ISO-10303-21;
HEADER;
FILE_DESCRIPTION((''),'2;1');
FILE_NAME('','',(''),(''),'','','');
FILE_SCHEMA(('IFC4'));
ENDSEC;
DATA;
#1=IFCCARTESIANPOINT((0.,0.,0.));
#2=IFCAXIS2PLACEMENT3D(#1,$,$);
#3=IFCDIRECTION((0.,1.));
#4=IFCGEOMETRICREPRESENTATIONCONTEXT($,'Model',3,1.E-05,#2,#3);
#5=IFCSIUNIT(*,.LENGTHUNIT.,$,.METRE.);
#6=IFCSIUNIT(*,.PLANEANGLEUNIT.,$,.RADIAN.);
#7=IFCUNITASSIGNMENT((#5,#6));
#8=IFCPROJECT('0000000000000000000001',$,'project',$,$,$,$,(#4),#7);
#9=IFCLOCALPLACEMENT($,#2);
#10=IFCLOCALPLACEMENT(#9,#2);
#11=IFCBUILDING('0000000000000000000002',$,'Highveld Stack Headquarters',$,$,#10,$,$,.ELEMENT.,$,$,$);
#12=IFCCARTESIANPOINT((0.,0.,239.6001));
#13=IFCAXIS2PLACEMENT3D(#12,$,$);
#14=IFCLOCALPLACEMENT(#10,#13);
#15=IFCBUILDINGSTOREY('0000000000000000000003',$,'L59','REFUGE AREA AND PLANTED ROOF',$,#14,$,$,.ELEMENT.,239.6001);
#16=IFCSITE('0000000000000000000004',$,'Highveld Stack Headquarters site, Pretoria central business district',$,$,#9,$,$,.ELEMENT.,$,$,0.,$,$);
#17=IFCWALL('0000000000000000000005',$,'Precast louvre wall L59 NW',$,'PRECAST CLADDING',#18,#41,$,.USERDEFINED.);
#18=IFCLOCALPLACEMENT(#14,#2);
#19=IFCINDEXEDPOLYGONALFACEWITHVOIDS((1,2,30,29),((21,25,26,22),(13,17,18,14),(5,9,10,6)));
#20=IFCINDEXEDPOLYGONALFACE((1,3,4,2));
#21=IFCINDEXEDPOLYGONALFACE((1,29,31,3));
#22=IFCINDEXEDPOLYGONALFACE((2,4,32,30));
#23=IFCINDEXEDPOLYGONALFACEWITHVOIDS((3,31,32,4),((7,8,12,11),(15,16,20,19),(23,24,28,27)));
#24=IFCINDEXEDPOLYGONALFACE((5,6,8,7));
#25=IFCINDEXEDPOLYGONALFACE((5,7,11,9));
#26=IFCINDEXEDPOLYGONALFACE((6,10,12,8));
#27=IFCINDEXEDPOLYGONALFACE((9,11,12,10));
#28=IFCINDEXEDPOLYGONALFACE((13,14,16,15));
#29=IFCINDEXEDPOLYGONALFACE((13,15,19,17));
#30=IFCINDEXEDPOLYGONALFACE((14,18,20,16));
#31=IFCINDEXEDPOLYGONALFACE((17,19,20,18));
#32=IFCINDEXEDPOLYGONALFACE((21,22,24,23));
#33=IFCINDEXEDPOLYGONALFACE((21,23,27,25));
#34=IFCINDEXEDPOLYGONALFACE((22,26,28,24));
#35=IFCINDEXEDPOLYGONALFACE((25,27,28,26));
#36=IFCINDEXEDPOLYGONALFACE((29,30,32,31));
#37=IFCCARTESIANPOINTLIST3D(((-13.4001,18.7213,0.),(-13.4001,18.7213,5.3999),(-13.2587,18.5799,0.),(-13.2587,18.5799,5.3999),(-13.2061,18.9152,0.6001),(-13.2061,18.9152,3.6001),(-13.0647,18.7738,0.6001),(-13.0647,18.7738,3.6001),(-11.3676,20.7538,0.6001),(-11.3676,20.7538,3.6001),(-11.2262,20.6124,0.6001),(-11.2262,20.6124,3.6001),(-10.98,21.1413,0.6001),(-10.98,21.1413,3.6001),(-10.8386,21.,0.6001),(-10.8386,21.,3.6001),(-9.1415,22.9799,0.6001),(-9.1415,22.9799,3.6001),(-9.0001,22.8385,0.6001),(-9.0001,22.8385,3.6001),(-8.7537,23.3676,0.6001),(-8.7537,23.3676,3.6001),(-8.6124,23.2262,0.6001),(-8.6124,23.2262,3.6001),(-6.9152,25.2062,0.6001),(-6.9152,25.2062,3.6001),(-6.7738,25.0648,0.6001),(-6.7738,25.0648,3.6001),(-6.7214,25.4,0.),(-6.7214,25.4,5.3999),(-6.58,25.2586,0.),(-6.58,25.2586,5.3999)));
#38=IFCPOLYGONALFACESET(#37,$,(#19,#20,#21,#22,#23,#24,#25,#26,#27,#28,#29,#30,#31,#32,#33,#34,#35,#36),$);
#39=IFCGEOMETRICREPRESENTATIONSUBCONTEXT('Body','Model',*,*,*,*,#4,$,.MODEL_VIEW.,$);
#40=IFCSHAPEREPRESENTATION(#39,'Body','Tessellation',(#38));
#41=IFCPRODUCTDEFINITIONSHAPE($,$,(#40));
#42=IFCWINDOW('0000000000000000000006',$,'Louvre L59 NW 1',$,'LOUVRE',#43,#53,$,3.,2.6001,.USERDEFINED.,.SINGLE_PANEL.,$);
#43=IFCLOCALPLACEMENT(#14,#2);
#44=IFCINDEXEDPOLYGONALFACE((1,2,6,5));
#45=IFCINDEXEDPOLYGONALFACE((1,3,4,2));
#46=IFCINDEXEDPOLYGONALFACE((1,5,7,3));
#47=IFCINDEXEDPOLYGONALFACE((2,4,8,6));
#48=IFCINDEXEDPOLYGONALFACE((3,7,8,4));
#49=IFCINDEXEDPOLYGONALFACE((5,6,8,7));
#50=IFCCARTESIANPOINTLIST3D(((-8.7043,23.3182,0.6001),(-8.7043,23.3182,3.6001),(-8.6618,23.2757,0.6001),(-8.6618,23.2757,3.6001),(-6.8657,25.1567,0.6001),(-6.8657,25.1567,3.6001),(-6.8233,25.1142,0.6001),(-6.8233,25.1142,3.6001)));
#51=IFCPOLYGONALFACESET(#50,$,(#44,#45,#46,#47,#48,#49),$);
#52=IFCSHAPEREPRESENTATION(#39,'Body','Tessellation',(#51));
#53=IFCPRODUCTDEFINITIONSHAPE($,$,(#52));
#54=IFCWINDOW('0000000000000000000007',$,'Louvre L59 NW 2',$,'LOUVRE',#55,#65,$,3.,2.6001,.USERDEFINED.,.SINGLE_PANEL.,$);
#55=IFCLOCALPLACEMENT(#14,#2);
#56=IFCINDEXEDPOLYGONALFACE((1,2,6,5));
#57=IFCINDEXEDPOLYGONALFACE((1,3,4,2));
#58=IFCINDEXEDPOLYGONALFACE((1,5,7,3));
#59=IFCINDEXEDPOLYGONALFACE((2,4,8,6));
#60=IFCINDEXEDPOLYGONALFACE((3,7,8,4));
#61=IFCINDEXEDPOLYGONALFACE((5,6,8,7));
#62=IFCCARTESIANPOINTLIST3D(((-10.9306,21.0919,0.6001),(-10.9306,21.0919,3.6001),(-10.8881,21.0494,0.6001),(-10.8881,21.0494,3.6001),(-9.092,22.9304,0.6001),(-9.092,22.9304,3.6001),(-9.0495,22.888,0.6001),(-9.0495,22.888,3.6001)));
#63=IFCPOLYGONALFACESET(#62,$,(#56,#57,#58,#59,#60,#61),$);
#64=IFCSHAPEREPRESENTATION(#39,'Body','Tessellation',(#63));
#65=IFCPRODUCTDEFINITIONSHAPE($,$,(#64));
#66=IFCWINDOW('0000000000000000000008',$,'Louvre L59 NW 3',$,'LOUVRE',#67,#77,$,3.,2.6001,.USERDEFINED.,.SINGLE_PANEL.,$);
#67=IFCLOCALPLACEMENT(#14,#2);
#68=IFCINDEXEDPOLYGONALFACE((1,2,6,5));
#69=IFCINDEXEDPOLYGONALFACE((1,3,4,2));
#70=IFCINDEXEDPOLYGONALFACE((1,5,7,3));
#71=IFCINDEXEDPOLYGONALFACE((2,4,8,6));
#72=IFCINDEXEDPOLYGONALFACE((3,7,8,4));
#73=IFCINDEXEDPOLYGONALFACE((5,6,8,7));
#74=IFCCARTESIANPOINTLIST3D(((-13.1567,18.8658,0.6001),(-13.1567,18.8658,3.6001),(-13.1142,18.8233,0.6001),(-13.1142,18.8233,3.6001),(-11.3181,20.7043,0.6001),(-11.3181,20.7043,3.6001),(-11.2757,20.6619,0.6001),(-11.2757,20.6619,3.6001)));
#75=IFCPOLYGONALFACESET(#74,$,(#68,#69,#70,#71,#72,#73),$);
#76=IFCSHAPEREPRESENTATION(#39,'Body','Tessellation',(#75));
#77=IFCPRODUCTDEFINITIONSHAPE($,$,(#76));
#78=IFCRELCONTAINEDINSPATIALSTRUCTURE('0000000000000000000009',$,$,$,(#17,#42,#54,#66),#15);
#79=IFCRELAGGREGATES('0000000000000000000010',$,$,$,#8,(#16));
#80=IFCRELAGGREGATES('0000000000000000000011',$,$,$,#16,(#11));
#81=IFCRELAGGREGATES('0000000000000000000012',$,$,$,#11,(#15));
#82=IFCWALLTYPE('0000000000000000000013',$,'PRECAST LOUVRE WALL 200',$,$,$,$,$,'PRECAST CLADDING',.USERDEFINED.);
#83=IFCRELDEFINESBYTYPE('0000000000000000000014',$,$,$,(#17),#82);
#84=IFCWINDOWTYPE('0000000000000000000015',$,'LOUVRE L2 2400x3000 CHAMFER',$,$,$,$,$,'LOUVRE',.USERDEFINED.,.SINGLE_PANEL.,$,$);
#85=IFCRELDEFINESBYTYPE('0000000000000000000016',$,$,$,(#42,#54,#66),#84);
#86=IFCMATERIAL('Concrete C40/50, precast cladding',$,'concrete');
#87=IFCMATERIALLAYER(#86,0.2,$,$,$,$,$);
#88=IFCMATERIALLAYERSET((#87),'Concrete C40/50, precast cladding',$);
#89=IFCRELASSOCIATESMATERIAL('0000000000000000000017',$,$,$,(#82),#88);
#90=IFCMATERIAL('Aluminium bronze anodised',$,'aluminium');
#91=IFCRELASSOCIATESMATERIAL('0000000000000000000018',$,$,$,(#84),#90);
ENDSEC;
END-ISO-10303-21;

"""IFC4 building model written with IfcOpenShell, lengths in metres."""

from ifc_helpers import new_model, si_unit, direction, frame, frame_2d, origin, place, context, subcontext, project, spatial, rectangle, extrude, material, layer, layer_set, type_object, element, fill, save


model = new_model("IFC4")

# Units and contexts
model_context = context("Model", 3, precision=1e-05, world=origin(), true_north=direction((0.0, 1.0)))
body_context = subcontext(model_context, "Body", "Model", "MODEL_VIEW")
ifc_project = project(units=[si_unit("LENGTHUNIT", "METRE"), si_unit("PLANEANGLEUNIT", "RADIAN")], contexts=[model_context])

# Site, building, storey
site_placement = place(None, origin())
site = spatial("IfcSite", under=ifc_project, at=site_placement, Name="Highveld Stack Headquarters site, Pretoria central business district", CompositionType="ELEMENT", RefElevation=0.0)
building_placement = place(site_placement, origin())
building = spatial("IfcBuilding", under=site, at=building_placement, Name="Highveld Stack Headquarters", CompositionType="ELEMENT")
storey_placement = place(building_placement, frame((0.0, 0.0, 239.6001)))
storey = spatial("IfcBuildingStorey", under=building, at=storey_placement, Name="L59", Description="REFUGE AREA AND PLANTED ROOF", CompositionType="ELEMENT", Elevation=239.6001)

# Wall, openings, windows
ifc_material_1 = material(Name="Concrete C40/50, precast cladding", Category="concrete")
ifc_layer_1 = layer(ifc_material_1, 0.2)
ifc_layer_set_1 = layer_set([ifc_layer_1], Name="Concrete C40/50, precast cladding")
wall_type_1 = type_object("IfcWallType", Name="PRECAST LOUVRE WALL 200", ElementType="PRECAST CLADDING", PredefinedType="USERDEFINED", material=ifc_layer_set_1)
wall_1_placement = place(storey_placement, frame((-6.6506, 25.3293, 0.0), z_axis=(0.0, 0.0, 1.0), x_axis=(-0.707107, -0.707107, 0.0)))
wall_1 = element("IfcWall", 1, at=wall_1_placement, inside=storey, type_object=wall_type_1, Name="Precast louvre wall L59 NW", ObjectType="PRECAST CLADDING", PredefinedType="USERDEFINED", context=body_context, shape_type="SweptSolid", body=[
    extrude(rectangle(XDim=9.4451, YDim=0.2, at=frame_2d((4.7227, 0.0))), origin(), (0.0, 0.0, 1.0), 5.3999),
])
opening_1_placement = place(wall_1_placement, frame((0.2742, 0.0, 0.6001)))
opening_1 = element("IfcOpeningElement", 2, at=opening_1_placement, cuts=wall_1, PredefinedType="OPENING", context=body_context, shape_type="SweptSolid", body=[
    extrude(rectangle(XDim=2.6001, YDim=3.0, at=frame_2d((1.3, 1.5))), frame((0.0, 0.1099, 0.0), z_axis=(0.0, -1.0, 0.0), x_axis=(1.0, 0.0, 0.0)), (0.0, 0.0, 1.0), 0.22),
])
opening_2_placement = place(wall_1_placement, frame((3.4226, 0.0, 0.6001)))
opening_2 = element("IfcOpeningElement", 3, at=opening_2_placement, cuts=wall_1, PredefinedType="OPENING", context=body_context, shape_type="SweptSolid", body=[
    extrude(rectangle(XDim=2.6001, YDim=3.0, at=frame_2d((1.3, 1.5))), frame((0.0, 0.1099, 0.0), z_axis=(0.0, -1.0, 0.0), x_axis=(1.0, 0.0, 0.0)), (0.0, 0.0, 1.0), 0.22),
])
opening_3_placement = place(wall_1_placement, frame((6.5708, 0.0, 0.6001)))
opening_3 = element("IfcOpeningElement", 4, at=opening_3_placement, cuts=wall_1, PredefinedType="OPENING", context=body_context, shape_type="SweptSolid", body=[
    extrude(rectangle(XDim=2.6001, YDim=3.0, at=frame_2d((1.3, 1.5))), frame((0.0, 0.1099, 0.0), z_axis=(0.0, -1.0, 0.0), x_axis=(1.0, 0.0, 0.0)), (0.0, 0.0, 1.0), 0.22),
])
ifc_material_2 = material(Name="Aluminium bronze anodised", Category="aluminium")
window_type_1 = type_object("IfcWindowType", Name="LOUVRE L2 2400x3000 CHAMFER", ElementType="LOUVRE", PartitioningType="SINGLE_PANEL", PredefinedType="USERDEFINED", material=ifc_material_2)
window_1_placement = place(opening_1_placement, origin())
window_1 = element("IfcWindow", 5, at=window_1_placement, inside=storey, type_object=window_type_1, Name="Louvre L59 NW 1", ObjectType="LOUVRE", OverallHeight=3.0, OverallWidth=2.6001, PartitioningType="SINGLE_PANEL", PredefinedType="USERDEFINED", context=body_context, shape_type="SweptSolid", body=[
    extrude(rectangle(XDim=2.6001, YDim=3.0, at=frame_2d((1.3, 1.5))), frame((0.0, 0.03, 0.0), z_axis=(0.0, -1.0, 0.0), x_axis=(1.0, 0.0, 0.0)), (0.0, 0.0, 1.0), 0.0601),
])
fill(opening_1, window_1)
window_2_placement = place(opening_2_placement, origin())
window_2 = element("IfcWindow", 6, at=window_2_placement, inside=storey, type_object=window_type_1, Name="Louvre L59 NW 2", ObjectType="LOUVRE", OverallHeight=3.0, OverallWidth=2.6001, PartitioningType="SINGLE_PANEL", PredefinedType="USERDEFINED", context=body_context, shape_type="SweptSolid", body=[
    extrude(rectangle(XDim=2.6001, YDim=3.0, at=frame_2d((1.3, 1.5))), frame((0.0, 0.03, 0.0), z_axis=(0.0, -1.0, 0.0), x_axis=(1.0, 0.0, 0.0)), (0.0, 0.0, 1.0), 0.0601),
])
fill(opening_2, window_2)
window_3_placement = place(opening_3_placement, origin())
window_3 = element("IfcWindow", 7, at=window_3_placement, inside=storey, type_object=window_type_1, Name="Louvre L59 NW 3", ObjectType="LOUVRE", OverallHeight=3.0, OverallWidth=2.6001, PartitioningType="SINGLE_PANEL", PredefinedType="USERDEFINED", context=body_context, shape_type="SweptSolid", body=[
    extrude(rectangle(XDim=2.6001, YDim=3.0, at=frame_2d((1.3, 1.5))), frame((0.0, 0.03, 0.0), z_axis=(0.0, -1.0, 0.0), x_axis=(1.0, 0.0, 0.0)), (0.0, 0.0, 1.0), 0.0601),
])
fill(opening_3, window_3)

save(model, "model.ifc")
